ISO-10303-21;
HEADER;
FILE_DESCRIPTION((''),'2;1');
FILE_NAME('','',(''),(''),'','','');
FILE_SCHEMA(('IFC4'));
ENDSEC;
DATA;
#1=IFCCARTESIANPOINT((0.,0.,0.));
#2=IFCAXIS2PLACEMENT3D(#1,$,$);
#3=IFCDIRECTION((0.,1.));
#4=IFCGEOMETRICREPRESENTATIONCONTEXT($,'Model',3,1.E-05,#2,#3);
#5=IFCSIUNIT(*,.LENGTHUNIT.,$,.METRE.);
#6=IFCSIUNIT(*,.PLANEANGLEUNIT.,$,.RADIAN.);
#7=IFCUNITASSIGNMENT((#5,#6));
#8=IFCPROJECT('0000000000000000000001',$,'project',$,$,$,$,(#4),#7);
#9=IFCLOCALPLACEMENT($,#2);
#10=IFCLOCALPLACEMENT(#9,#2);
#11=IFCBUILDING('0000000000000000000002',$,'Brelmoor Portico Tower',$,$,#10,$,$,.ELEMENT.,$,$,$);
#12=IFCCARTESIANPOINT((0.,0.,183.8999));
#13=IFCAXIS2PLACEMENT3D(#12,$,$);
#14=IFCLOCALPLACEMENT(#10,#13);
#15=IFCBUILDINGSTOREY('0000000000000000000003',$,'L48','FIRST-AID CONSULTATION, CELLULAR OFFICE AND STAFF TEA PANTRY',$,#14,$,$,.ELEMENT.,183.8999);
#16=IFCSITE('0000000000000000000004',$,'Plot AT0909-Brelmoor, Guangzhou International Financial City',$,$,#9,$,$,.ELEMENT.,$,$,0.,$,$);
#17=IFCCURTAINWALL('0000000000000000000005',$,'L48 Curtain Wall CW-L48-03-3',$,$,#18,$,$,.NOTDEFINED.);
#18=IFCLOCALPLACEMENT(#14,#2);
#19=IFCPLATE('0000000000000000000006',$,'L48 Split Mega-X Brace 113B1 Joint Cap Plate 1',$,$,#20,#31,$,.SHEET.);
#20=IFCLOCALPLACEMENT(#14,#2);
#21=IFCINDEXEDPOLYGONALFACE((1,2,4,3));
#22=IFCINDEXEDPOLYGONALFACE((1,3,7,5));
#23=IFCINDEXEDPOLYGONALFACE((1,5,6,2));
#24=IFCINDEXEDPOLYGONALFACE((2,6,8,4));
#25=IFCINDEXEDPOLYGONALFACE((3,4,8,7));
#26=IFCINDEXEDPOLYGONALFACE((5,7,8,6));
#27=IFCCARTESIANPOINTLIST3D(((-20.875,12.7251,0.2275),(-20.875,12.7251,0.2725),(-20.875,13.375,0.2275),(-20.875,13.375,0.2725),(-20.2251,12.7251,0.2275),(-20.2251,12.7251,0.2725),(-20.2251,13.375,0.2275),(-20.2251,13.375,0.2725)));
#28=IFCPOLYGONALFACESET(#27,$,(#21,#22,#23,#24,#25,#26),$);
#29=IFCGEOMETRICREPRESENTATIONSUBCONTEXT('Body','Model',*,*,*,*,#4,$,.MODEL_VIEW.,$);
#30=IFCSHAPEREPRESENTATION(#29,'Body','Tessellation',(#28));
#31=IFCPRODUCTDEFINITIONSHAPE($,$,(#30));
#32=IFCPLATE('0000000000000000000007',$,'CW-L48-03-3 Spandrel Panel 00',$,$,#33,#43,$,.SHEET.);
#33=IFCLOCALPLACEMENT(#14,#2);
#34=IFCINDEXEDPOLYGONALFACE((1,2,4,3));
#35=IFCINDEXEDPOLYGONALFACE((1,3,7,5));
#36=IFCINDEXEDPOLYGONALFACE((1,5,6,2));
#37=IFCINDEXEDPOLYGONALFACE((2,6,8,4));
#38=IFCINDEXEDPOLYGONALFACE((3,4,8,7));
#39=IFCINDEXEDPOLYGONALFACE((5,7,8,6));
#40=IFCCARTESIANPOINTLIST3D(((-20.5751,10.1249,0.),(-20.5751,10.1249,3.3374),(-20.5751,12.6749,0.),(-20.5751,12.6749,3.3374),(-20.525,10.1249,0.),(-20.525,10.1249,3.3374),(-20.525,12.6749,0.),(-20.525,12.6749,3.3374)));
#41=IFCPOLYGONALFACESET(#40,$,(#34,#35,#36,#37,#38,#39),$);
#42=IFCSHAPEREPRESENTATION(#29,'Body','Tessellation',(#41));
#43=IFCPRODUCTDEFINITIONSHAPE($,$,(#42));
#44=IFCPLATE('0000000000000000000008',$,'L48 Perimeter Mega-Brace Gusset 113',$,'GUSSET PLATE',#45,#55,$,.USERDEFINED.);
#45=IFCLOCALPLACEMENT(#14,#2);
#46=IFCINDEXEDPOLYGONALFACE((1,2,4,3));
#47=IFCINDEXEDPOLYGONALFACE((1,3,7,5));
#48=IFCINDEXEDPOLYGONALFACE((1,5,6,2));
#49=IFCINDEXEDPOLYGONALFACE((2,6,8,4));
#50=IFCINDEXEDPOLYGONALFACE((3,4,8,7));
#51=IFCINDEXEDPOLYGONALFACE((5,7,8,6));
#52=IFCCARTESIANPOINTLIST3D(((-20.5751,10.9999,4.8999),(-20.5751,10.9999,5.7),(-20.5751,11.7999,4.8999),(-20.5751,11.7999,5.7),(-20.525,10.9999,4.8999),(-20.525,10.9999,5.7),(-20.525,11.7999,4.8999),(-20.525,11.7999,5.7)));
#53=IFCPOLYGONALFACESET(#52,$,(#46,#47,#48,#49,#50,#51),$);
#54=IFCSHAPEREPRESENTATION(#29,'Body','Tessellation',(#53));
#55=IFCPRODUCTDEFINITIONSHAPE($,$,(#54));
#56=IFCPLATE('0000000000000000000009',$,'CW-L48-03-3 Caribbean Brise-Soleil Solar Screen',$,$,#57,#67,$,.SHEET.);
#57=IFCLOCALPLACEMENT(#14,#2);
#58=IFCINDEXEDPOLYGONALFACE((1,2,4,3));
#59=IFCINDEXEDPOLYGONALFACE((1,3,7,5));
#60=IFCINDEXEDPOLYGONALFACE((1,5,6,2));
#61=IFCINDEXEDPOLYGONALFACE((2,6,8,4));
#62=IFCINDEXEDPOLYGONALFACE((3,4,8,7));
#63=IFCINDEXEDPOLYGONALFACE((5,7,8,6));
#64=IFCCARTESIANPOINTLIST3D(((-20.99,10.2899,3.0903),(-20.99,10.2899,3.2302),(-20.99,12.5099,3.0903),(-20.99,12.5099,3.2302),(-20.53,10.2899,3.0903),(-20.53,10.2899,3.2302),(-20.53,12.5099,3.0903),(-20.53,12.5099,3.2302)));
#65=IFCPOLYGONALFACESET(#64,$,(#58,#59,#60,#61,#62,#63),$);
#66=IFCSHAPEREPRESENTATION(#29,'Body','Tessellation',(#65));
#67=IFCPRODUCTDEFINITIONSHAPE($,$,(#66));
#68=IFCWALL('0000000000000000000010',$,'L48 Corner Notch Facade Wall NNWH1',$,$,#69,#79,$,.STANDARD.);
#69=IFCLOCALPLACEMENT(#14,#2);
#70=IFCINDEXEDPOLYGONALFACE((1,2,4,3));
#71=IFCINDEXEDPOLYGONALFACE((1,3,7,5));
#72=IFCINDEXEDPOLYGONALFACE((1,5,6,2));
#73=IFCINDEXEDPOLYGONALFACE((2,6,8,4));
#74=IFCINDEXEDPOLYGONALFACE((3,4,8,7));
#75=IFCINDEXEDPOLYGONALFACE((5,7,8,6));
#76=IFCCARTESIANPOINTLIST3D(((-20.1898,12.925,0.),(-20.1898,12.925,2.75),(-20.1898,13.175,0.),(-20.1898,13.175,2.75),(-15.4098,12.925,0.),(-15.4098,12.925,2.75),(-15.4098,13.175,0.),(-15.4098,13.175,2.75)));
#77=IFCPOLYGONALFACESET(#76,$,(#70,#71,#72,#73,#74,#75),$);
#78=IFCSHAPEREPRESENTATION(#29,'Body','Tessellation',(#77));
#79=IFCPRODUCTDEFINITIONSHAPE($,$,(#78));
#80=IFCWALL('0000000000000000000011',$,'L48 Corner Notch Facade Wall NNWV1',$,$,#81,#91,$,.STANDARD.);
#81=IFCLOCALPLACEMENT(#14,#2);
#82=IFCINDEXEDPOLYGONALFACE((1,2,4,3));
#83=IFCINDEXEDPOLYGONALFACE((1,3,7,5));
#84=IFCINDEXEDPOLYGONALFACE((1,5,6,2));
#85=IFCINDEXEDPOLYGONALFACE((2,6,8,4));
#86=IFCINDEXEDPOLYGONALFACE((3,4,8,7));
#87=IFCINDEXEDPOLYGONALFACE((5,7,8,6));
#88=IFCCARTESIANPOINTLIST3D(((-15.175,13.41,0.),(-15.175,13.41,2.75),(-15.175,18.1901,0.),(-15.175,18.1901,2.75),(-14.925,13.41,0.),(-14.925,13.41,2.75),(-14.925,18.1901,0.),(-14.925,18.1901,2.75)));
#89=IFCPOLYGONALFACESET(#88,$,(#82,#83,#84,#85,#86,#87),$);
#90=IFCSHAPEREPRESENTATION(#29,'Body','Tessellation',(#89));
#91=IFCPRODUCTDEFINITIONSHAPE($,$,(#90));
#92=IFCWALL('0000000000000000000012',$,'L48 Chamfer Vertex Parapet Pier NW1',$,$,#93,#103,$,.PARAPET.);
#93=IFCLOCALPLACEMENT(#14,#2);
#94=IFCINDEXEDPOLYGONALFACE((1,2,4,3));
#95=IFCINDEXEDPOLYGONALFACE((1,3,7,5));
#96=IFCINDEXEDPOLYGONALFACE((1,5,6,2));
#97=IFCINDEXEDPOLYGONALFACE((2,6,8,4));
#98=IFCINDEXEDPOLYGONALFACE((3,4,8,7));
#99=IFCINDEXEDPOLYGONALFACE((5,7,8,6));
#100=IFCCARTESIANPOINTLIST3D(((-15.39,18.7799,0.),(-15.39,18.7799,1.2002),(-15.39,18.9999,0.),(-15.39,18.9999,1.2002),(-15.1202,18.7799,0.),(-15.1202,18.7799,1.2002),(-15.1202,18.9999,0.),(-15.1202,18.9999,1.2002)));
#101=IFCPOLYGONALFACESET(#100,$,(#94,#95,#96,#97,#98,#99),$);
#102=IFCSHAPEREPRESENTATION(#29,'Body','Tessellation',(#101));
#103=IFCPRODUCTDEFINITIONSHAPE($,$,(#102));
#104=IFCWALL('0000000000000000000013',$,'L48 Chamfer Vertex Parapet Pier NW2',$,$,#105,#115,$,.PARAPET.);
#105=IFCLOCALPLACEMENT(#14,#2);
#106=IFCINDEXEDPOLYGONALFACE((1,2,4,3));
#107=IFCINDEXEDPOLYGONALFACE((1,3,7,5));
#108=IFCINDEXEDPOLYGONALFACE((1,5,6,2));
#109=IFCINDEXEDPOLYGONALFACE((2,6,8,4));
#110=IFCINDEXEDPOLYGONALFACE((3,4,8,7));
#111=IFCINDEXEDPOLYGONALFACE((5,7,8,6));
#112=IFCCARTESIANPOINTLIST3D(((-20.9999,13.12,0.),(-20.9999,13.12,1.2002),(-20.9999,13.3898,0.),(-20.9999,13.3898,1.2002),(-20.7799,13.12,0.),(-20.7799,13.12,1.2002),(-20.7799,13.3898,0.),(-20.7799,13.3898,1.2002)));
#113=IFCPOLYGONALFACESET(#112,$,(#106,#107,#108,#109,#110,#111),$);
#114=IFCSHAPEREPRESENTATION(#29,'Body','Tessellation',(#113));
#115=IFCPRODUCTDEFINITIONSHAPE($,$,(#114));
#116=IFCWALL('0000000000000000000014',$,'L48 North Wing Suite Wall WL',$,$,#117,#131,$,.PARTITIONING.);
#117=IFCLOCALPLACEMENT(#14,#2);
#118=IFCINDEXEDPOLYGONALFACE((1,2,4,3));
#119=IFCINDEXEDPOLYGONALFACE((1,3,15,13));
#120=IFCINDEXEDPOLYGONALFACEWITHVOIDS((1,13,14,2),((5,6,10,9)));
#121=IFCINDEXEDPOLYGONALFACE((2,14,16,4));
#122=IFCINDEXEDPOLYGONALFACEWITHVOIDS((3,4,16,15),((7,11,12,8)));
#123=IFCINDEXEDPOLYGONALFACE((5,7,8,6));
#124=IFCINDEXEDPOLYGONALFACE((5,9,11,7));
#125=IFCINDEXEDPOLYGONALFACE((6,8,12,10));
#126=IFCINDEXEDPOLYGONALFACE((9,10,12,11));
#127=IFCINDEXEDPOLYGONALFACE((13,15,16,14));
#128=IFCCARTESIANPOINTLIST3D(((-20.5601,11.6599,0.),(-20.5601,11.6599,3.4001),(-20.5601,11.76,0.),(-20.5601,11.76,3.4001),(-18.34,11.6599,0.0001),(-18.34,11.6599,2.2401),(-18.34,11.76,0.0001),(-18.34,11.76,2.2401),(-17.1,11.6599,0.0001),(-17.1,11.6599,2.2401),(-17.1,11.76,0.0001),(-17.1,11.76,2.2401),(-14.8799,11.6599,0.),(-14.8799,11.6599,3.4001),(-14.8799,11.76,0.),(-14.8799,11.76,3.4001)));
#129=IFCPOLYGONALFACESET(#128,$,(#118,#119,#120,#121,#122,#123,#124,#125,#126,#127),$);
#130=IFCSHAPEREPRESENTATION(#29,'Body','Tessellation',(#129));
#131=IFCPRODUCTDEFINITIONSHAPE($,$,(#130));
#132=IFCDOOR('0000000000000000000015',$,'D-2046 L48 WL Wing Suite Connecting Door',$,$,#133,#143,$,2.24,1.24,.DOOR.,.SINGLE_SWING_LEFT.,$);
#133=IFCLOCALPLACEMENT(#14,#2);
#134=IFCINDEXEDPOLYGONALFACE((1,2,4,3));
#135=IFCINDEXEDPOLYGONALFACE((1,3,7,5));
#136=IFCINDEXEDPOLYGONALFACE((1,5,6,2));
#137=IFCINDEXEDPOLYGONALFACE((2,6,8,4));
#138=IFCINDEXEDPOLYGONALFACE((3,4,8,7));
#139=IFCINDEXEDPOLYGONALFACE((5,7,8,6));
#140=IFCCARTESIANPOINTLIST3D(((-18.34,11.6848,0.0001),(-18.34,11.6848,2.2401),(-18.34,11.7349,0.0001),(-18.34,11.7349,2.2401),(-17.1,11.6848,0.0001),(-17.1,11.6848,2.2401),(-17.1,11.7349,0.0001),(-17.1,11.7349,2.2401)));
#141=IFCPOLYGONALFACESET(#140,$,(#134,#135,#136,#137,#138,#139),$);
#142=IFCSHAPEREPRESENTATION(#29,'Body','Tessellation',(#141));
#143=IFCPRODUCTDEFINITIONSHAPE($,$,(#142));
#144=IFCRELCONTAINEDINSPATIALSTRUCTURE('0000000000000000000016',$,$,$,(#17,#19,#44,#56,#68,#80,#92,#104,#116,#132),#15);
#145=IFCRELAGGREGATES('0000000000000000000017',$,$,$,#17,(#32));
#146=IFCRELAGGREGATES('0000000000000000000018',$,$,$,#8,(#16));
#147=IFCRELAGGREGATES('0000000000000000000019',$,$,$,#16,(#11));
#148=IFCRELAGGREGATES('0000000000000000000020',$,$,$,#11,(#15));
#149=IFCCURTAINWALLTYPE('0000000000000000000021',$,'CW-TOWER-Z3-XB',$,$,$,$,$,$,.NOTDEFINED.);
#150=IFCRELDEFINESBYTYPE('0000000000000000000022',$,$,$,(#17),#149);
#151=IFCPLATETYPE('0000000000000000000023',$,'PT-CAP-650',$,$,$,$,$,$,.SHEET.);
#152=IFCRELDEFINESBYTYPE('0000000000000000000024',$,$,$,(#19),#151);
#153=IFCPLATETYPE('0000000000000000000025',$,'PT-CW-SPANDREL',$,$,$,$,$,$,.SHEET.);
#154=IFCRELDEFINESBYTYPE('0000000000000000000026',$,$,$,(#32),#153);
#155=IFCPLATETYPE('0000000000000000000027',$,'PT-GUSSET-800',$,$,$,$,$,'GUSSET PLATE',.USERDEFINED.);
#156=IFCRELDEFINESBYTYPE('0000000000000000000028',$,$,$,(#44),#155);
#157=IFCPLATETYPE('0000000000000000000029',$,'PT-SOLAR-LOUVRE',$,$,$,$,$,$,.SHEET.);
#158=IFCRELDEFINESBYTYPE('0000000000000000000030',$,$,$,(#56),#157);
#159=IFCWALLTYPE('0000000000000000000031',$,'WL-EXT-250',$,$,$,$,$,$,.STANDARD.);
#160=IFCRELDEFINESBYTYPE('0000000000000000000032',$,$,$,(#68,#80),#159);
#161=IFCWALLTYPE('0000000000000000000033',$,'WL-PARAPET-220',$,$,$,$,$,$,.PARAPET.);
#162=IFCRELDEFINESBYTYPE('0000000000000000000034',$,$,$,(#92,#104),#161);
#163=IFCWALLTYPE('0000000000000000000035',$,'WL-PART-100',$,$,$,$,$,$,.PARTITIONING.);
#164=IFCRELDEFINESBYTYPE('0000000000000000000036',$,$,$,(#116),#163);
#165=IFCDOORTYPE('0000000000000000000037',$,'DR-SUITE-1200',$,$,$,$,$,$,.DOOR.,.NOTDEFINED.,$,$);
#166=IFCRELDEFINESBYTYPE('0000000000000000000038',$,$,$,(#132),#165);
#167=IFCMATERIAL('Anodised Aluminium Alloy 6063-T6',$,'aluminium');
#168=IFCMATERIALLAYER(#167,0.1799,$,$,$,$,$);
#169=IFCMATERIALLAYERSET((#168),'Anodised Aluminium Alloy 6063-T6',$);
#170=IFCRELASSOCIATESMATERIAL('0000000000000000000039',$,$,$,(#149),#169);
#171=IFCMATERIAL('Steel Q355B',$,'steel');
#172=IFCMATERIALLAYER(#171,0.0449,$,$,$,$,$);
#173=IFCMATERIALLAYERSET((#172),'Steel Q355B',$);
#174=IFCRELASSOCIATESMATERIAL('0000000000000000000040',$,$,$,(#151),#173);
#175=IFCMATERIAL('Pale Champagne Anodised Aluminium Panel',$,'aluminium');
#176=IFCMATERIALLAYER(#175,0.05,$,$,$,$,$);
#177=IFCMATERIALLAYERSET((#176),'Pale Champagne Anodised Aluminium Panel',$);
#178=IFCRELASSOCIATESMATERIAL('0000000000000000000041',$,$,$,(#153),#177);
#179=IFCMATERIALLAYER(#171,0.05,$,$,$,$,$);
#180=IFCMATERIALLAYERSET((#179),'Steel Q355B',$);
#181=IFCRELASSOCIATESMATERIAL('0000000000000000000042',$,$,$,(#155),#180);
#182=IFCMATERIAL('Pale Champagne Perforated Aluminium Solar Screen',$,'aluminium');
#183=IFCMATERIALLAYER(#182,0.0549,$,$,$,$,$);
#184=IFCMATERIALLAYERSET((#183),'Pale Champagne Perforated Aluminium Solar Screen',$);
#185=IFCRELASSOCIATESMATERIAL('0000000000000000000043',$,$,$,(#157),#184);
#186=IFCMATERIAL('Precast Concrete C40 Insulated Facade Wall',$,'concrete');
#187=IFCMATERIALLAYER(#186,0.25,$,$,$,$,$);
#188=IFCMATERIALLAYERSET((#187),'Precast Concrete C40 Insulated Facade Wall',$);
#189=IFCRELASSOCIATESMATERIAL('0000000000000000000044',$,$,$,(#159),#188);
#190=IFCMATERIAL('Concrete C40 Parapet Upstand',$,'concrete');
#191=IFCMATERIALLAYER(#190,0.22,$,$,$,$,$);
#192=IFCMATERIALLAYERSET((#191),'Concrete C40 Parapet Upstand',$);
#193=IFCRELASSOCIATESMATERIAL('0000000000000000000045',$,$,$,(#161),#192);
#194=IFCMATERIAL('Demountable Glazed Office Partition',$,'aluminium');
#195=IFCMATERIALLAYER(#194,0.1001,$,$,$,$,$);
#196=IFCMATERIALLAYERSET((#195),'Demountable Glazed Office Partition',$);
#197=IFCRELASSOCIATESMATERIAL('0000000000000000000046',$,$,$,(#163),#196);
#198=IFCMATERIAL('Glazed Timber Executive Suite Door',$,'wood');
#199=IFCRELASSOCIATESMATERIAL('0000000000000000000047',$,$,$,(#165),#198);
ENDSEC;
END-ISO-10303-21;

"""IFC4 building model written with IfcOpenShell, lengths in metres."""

from ifc_helpers import new_model, si_unit, direction, frame, frame_2d, origin, origin_2d, place, context, subcontext, project, spatial, rectangle, extrude, material, layer, layer_set, type_object, element, fill, aggregate, save


model = new_model("IFC4")

# Units and contexts
model_context = context("Model", 3, precision=1e-05, world=origin(), true_north=direction((0.0, 1.0)))
body_context = subcontext(model_context, "Body", "Model", "MODEL_VIEW")
ifc_project = project(units=[si_unit("LENGTHUNIT", "METRE"), si_unit("PLANEANGLEUNIT", "RADIAN")], contexts=[model_context])

# Site, building, storey
site_placement = place(None, origin())
site = spatial("IfcSite", under=ifc_project, at=site_placement, Name="Plot AT0909-Brelmoor, Guangzhou International Financial City", CompositionType="ELEMENT", RefElevation=0.0)
building_placement = place(site_placement, origin())
building = spatial("IfcBuilding", under=site, at=building_placement, Name="Brelmoor Portico Tower", CompositionType="ELEMENT")
storey_placement = place(building_placement, frame((0.0, 0.0, 183.8999)))
storey = spatial("IfcBuildingStorey", under=building, at=storey_placement, Name="L48", Description="FIRST-AID CONSULTATION, CELLULAR OFFICE AND STAFF TEA PANTRY", CompositionType="ELEMENT", Elevation=183.8999)

# Shared definitions
ifc_material_1 = material(Name="Steel Q355B", Category="steel")

# Curtain wall
ifc_material_2 = material(Name="Anodised Aluminium Alloy 6063-T6", Category="aluminium")
ifc_layer_1 = layer(ifc_material_2, 0.1799)
ifc_layer_set_1 = layer_set([ifc_layer_1], Name="Anodised Aluminium Alloy 6063-T6")
curtain_wall_type = type_object("IfcCurtainWallType", Name="CW-TOWER-Z3-XB", PredefinedType="NOTDEFINED", material=ifc_layer_set_1)
curtain_wall_1_placement = place(storey_placement, origin())
curtain_wall_1 = element("IfcCurtainWall", 1, at=curtain_wall_1_placement, inside=storey, type_object=curtain_wall_type, Name="L48 Curtain Wall CW-L48-03-3", PredefinedType="NOTDEFINED")

# Plate
ifc_layer_2 = layer(ifc_material_1, 0.0449)
ifc_layer_set_2 = layer_set([ifc_layer_2], Name="Steel Q355B")
plate_type_1 = type_object("IfcPlateType", Name="PT-CAP-650", PredefinedType="SHEET", material=ifc_layer_set_2)
for number, where, z_axis, x_axis, name in (
    (2, (-20.55, 13.05, 0.2275), (0.0, 0.0, 1.0), (1.0, 0.0, 0.0), "L48 Split Mega-X Brace 113B1 Joint Cap Plate 1"),
):
    element("IfcPlate", number, at=place(storey_placement, frame(where, z_axis=z_axis, x_axis=x_axis)), inside=storey, type_object=plate_type_1, Name=name, PredefinedType="SHEET", context=body_context, shape_type="SweptSolid", body=[
        extrude(rectangle(XDim=0.6499, YDim=0.6499, at=origin_2d()), origin(), (0.0, 0.0, 1.0), 0.0449),
    ])

# Plate
ifc_material_3 = material(Name="Pale Champagne Anodised Aluminium Panel", Category="aluminium")
ifc_layer_3 = layer(ifc_material_3, 0.05)
ifc_layer_set_3 = layer_set([ifc_layer_3], Name="Pale Champagne Anodised Aluminium Panel")
plate_type_2 = type_object("IfcPlateType", Name="PT-CW-SPANDREL", PredefinedType="SHEET", material=ifc_layer_set_3)
plate_1_placement = place(storey_placement, frame((-20.55, 11.3999, 0.0), z_axis=(0.0, 0.0, 1.0), x_axis=(0.0, 1.0, 0.0)))
plate_1 = element("IfcPlate", 3, at=plate_1_placement, type_object=plate_type_2, Name="CW-L48-03-3 Spandrel Panel 00", PredefinedType="SHEET", context=body_context, shape_type="SweptSolid", body=[
    extrude(rectangle(XDim=2.55, YDim=0.05, at=origin_2d()), origin(), (0.0, 0.0, 1.0), 3.3374),
])
aggregate(curtain_wall_1, [plate_1])

# Plates
ifc_layer_4 = layer(ifc_material_1, 0.05)
ifc_layer_set_4 = layer_set([ifc_layer_4], Name="Steel Q355B")
plate_type_3 = type_object("IfcPlateType", Name="PT-GUSSET-800", ElementType="GUSSET PLATE", PredefinedType="USERDEFINED", material=ifc_layer_set_4)
plate_2_placement = place(storey_placement, frame((-20.55, 11.3999, 4.8999), z_axis=(0.0, 0.0, 1.0), x_axis=(1.0, 0.0, 0.0)))
element("IfcPlate", 4, at=plate_2_placement, inside=storey, type_object=plate_type_3, Name="L48 Perimeter Mega-Brace Gusset 113", ObjectType="GUSSET PLATE", PredefinedType="USERDEFINED", context=body_context, shape_type="SweptSolid", body=[
    extrude(rectangle(XDim=0.05, YDim=0.8, at=origin_2d()), origin(), (0.0, 0.0, 1.0), 0.8),
])
ifc_material_4 = material(Name="Pale Champagne Perforated Aluminium Solar Screen", Category="aluminium")
ifc_layer_5 = layer(ifc_material_4, 0.0549)
ifc_layer_set_5 = layer_set([ifc_layer_5], Name="Pale Champagne Perforated Aluminium Solar Screen")
plate_type_4 = type_object("IfcPlateType", Name="PT-SOLAR-LOUVRE", PredefinedType="SHEET", material=ifc_layer_set_5)
plate_3_placement = place(storey_placement, frame((-20.76, 11.3999, 3.0903), z_axis=(0.0, 0.0, 1.0), x_axis=(0.0, 1.0, 0.0)))
element("IfcPlate", 5, at=plate_3_placement, inside=storey, type_object=plate_type_4, Name="CW-L48-03-3 Caribbean Brise-Soleil Solar Screen", PredefinedType="SHEET", context=body_context, shape_type="SweptSolid", body=[
    extrude(rectangle(XDim=2.22, YDim=0.46, at=origin_2d()), origin(), (0.0, 0.0, 1.0), 0.1399),
])

# Walls
ifc_material_5 = material(Name="Precast Concrete C40 Insulated Facade Wall", Category="concrete")
ifc_layer_6 = layer(ifc_material_5, 0.25)
ifc_layer_set_6 = layer_set([ifc_layer_6], Name="Precast Concrete C40 Insulated Facade Wall")
wall_type_1 = type_object("IfcWallType", Name="WL-EXT-250", PredefinedType="STANDARD", material=ifc_layer_set_6)
for number, where, z_axis, x_axis, name in (
    (6, (-20.1899, 13.05, 0.0), (0.0, 0.0, 1.0), (1.0, 0.0, 0.0), "L48 Corner Notch Facade Wall NNWH1"),
    (7, (-15.05, 13.4099, 0.0), (0.0, 0.0, 1.0), (0.0, 1.0, 0.0), "L48 Corner Notch Facade Wall NNWV1"),
):
    element("IfcWall", number, at=place(storey_placement, frame(where, z_axis=z_axis, x_axis=x_axis)), inside=storey, type_object=wall_type_1, Name=name, PredefinedType="STANDARD", context=body_context, shape_type="SweptSolid", body=[
        extrude(rectangle(XDim=4.78, YDim=0.25, at=frame_2d((2.3901, 0.0))), origin(), (0.0, 0.0, 1.0), 2.75),
    ])
ifc_material_6 = material(Name="Concrete C40 Parapet Upstand", Category="concrete")
ifc_layer_7 = layer(ifc_material_6, 0.22)
ifc_layer_set_7 = layer_set([ifc_layer_7], Name="Concrete C40 Parapet Upstand")
wall_type_2 = type_object("IfcWallType", Name="WL-PARAPET-220", PredefinedType="PARAPET", material=ifc_layer_set_7)
for number, where, z_axis, x_axis, name in (
    (8, (-15.3899, 18.8899, 0.0), (0.0, 0.0, 1.0), (1.0, 0.0, 0.0), "L48 Chamfer Vertex Parapet Pier NW1"),
    (9, (-20.8899, 13.1201, 0.0), (0.0, 0.0, 1.0), (0.0, 1.0, 0.0), "L48 Chamfer Vertex Parapet Pier NW2"),
):
    element("IfcWall", number, at=place(storey_placement, frame(where, z_axis=z_axis, x_axis=x_axis)), inside=storey, type_object=wall_type_2, Name=name, PredefinedType="PARAPET", context=body_context, shape_type="SweptSolid", body=[
        extrude(rectangle(XDim=0.2698, YDim=0.22, at=frame_2d((0.1348, 0.0))), origin(), (0.0, 0.0, 1.0), 1.2002),
    ])

# Wall, opening, door
ifc_material_7 = material(Name="Demountable Glazed Office Partition", Category="aluminium")
ifc_layer_8 = layer(ifc_material_7, 0.1001)
ifc_layer_set_8 = layer_set([ifc_layer_8], Name="Demountable Glazed Office Partition")
wall_type_3 = type_object("IfcWallType", Name="WL-PART-100", PredefinedType="PARTITIONING", material=ifc_layer_set_8)
wall_placement = place(storey_placement, frame((-20.5601, 11.71, 0.0), z_axis=(0.0, 0.0, 1.0), x_axis=(1.0, 0.0, 0.0)))
wall = element("IfcWall", 10, at=wall_placement, inside=storey, type_object=wall_type_3, Name="L48 North Wing Suite Wall WL", PredefinedType="PARTITIONING", context=body_context, shape_type="SweptSolid", body=[
    extrude(rectangle(XDim=5.6802, YDim=0.1001, at=frame_2d((2.8401, 0.0))), origin(), (0.0, 0.0, 1.0), 3.4001),
])
opening_placement = place(wall_placement, frame((2.22, 0.0, 0.0)))
opening = element("IfcOpeningElement", 11, at=opening_placement, cuts=wall, PredefinedType="OPENING", context=body_context, shape_type="SweptSolid", body=[
    extrude(rectangle(XDim=1.24, YDim=2.24, at=frame_2d((0.6201, 1.1201))), frame((0.0, 0.0601, 0.0), z_axis=(0.0, -1.0, 0.0), x_axis=(1.0, 0.0, 0.0)), (0.0, 0.0, 1.0), 0.1201),
])
ifc_material_8 = material(Name="Glazed Timber Executive Suite Door", Category="wood")
door_type = type_object("IfcDoorType", Name="DR-SUITE-1200", OperationType="NOTDEFINED", PredefinedType="DOOR", material=ifc_material_8)
door_placement = place(opening_placement, origin())
door = element("IfcDoor", 12, at=door_placement, inside=storey, type_object=door_type, Name="D-2046 L48 WL Wing Suite Connecting Door", OperationType="SINGLE_SWING_LEFT", OverallHeight=2.24, OverallWidth=1.24, PredefinedType="DOOR", context=body_context, shape_type="SweptSolid", body=[
    extrude(rectangle(XDim=1.24, YDim=2.24, at=frame_2d((0.6201, 1.1201))), frame((0.0, 0.0249, 0.0), z_axis=(0.0, -1.0, 0.0), x_axis=(1.0, 0.0, 0.0)), (0.0, 0.0, 1.0), 0.05),
])
fill(opening, door)

save(model, "model.ifc")
